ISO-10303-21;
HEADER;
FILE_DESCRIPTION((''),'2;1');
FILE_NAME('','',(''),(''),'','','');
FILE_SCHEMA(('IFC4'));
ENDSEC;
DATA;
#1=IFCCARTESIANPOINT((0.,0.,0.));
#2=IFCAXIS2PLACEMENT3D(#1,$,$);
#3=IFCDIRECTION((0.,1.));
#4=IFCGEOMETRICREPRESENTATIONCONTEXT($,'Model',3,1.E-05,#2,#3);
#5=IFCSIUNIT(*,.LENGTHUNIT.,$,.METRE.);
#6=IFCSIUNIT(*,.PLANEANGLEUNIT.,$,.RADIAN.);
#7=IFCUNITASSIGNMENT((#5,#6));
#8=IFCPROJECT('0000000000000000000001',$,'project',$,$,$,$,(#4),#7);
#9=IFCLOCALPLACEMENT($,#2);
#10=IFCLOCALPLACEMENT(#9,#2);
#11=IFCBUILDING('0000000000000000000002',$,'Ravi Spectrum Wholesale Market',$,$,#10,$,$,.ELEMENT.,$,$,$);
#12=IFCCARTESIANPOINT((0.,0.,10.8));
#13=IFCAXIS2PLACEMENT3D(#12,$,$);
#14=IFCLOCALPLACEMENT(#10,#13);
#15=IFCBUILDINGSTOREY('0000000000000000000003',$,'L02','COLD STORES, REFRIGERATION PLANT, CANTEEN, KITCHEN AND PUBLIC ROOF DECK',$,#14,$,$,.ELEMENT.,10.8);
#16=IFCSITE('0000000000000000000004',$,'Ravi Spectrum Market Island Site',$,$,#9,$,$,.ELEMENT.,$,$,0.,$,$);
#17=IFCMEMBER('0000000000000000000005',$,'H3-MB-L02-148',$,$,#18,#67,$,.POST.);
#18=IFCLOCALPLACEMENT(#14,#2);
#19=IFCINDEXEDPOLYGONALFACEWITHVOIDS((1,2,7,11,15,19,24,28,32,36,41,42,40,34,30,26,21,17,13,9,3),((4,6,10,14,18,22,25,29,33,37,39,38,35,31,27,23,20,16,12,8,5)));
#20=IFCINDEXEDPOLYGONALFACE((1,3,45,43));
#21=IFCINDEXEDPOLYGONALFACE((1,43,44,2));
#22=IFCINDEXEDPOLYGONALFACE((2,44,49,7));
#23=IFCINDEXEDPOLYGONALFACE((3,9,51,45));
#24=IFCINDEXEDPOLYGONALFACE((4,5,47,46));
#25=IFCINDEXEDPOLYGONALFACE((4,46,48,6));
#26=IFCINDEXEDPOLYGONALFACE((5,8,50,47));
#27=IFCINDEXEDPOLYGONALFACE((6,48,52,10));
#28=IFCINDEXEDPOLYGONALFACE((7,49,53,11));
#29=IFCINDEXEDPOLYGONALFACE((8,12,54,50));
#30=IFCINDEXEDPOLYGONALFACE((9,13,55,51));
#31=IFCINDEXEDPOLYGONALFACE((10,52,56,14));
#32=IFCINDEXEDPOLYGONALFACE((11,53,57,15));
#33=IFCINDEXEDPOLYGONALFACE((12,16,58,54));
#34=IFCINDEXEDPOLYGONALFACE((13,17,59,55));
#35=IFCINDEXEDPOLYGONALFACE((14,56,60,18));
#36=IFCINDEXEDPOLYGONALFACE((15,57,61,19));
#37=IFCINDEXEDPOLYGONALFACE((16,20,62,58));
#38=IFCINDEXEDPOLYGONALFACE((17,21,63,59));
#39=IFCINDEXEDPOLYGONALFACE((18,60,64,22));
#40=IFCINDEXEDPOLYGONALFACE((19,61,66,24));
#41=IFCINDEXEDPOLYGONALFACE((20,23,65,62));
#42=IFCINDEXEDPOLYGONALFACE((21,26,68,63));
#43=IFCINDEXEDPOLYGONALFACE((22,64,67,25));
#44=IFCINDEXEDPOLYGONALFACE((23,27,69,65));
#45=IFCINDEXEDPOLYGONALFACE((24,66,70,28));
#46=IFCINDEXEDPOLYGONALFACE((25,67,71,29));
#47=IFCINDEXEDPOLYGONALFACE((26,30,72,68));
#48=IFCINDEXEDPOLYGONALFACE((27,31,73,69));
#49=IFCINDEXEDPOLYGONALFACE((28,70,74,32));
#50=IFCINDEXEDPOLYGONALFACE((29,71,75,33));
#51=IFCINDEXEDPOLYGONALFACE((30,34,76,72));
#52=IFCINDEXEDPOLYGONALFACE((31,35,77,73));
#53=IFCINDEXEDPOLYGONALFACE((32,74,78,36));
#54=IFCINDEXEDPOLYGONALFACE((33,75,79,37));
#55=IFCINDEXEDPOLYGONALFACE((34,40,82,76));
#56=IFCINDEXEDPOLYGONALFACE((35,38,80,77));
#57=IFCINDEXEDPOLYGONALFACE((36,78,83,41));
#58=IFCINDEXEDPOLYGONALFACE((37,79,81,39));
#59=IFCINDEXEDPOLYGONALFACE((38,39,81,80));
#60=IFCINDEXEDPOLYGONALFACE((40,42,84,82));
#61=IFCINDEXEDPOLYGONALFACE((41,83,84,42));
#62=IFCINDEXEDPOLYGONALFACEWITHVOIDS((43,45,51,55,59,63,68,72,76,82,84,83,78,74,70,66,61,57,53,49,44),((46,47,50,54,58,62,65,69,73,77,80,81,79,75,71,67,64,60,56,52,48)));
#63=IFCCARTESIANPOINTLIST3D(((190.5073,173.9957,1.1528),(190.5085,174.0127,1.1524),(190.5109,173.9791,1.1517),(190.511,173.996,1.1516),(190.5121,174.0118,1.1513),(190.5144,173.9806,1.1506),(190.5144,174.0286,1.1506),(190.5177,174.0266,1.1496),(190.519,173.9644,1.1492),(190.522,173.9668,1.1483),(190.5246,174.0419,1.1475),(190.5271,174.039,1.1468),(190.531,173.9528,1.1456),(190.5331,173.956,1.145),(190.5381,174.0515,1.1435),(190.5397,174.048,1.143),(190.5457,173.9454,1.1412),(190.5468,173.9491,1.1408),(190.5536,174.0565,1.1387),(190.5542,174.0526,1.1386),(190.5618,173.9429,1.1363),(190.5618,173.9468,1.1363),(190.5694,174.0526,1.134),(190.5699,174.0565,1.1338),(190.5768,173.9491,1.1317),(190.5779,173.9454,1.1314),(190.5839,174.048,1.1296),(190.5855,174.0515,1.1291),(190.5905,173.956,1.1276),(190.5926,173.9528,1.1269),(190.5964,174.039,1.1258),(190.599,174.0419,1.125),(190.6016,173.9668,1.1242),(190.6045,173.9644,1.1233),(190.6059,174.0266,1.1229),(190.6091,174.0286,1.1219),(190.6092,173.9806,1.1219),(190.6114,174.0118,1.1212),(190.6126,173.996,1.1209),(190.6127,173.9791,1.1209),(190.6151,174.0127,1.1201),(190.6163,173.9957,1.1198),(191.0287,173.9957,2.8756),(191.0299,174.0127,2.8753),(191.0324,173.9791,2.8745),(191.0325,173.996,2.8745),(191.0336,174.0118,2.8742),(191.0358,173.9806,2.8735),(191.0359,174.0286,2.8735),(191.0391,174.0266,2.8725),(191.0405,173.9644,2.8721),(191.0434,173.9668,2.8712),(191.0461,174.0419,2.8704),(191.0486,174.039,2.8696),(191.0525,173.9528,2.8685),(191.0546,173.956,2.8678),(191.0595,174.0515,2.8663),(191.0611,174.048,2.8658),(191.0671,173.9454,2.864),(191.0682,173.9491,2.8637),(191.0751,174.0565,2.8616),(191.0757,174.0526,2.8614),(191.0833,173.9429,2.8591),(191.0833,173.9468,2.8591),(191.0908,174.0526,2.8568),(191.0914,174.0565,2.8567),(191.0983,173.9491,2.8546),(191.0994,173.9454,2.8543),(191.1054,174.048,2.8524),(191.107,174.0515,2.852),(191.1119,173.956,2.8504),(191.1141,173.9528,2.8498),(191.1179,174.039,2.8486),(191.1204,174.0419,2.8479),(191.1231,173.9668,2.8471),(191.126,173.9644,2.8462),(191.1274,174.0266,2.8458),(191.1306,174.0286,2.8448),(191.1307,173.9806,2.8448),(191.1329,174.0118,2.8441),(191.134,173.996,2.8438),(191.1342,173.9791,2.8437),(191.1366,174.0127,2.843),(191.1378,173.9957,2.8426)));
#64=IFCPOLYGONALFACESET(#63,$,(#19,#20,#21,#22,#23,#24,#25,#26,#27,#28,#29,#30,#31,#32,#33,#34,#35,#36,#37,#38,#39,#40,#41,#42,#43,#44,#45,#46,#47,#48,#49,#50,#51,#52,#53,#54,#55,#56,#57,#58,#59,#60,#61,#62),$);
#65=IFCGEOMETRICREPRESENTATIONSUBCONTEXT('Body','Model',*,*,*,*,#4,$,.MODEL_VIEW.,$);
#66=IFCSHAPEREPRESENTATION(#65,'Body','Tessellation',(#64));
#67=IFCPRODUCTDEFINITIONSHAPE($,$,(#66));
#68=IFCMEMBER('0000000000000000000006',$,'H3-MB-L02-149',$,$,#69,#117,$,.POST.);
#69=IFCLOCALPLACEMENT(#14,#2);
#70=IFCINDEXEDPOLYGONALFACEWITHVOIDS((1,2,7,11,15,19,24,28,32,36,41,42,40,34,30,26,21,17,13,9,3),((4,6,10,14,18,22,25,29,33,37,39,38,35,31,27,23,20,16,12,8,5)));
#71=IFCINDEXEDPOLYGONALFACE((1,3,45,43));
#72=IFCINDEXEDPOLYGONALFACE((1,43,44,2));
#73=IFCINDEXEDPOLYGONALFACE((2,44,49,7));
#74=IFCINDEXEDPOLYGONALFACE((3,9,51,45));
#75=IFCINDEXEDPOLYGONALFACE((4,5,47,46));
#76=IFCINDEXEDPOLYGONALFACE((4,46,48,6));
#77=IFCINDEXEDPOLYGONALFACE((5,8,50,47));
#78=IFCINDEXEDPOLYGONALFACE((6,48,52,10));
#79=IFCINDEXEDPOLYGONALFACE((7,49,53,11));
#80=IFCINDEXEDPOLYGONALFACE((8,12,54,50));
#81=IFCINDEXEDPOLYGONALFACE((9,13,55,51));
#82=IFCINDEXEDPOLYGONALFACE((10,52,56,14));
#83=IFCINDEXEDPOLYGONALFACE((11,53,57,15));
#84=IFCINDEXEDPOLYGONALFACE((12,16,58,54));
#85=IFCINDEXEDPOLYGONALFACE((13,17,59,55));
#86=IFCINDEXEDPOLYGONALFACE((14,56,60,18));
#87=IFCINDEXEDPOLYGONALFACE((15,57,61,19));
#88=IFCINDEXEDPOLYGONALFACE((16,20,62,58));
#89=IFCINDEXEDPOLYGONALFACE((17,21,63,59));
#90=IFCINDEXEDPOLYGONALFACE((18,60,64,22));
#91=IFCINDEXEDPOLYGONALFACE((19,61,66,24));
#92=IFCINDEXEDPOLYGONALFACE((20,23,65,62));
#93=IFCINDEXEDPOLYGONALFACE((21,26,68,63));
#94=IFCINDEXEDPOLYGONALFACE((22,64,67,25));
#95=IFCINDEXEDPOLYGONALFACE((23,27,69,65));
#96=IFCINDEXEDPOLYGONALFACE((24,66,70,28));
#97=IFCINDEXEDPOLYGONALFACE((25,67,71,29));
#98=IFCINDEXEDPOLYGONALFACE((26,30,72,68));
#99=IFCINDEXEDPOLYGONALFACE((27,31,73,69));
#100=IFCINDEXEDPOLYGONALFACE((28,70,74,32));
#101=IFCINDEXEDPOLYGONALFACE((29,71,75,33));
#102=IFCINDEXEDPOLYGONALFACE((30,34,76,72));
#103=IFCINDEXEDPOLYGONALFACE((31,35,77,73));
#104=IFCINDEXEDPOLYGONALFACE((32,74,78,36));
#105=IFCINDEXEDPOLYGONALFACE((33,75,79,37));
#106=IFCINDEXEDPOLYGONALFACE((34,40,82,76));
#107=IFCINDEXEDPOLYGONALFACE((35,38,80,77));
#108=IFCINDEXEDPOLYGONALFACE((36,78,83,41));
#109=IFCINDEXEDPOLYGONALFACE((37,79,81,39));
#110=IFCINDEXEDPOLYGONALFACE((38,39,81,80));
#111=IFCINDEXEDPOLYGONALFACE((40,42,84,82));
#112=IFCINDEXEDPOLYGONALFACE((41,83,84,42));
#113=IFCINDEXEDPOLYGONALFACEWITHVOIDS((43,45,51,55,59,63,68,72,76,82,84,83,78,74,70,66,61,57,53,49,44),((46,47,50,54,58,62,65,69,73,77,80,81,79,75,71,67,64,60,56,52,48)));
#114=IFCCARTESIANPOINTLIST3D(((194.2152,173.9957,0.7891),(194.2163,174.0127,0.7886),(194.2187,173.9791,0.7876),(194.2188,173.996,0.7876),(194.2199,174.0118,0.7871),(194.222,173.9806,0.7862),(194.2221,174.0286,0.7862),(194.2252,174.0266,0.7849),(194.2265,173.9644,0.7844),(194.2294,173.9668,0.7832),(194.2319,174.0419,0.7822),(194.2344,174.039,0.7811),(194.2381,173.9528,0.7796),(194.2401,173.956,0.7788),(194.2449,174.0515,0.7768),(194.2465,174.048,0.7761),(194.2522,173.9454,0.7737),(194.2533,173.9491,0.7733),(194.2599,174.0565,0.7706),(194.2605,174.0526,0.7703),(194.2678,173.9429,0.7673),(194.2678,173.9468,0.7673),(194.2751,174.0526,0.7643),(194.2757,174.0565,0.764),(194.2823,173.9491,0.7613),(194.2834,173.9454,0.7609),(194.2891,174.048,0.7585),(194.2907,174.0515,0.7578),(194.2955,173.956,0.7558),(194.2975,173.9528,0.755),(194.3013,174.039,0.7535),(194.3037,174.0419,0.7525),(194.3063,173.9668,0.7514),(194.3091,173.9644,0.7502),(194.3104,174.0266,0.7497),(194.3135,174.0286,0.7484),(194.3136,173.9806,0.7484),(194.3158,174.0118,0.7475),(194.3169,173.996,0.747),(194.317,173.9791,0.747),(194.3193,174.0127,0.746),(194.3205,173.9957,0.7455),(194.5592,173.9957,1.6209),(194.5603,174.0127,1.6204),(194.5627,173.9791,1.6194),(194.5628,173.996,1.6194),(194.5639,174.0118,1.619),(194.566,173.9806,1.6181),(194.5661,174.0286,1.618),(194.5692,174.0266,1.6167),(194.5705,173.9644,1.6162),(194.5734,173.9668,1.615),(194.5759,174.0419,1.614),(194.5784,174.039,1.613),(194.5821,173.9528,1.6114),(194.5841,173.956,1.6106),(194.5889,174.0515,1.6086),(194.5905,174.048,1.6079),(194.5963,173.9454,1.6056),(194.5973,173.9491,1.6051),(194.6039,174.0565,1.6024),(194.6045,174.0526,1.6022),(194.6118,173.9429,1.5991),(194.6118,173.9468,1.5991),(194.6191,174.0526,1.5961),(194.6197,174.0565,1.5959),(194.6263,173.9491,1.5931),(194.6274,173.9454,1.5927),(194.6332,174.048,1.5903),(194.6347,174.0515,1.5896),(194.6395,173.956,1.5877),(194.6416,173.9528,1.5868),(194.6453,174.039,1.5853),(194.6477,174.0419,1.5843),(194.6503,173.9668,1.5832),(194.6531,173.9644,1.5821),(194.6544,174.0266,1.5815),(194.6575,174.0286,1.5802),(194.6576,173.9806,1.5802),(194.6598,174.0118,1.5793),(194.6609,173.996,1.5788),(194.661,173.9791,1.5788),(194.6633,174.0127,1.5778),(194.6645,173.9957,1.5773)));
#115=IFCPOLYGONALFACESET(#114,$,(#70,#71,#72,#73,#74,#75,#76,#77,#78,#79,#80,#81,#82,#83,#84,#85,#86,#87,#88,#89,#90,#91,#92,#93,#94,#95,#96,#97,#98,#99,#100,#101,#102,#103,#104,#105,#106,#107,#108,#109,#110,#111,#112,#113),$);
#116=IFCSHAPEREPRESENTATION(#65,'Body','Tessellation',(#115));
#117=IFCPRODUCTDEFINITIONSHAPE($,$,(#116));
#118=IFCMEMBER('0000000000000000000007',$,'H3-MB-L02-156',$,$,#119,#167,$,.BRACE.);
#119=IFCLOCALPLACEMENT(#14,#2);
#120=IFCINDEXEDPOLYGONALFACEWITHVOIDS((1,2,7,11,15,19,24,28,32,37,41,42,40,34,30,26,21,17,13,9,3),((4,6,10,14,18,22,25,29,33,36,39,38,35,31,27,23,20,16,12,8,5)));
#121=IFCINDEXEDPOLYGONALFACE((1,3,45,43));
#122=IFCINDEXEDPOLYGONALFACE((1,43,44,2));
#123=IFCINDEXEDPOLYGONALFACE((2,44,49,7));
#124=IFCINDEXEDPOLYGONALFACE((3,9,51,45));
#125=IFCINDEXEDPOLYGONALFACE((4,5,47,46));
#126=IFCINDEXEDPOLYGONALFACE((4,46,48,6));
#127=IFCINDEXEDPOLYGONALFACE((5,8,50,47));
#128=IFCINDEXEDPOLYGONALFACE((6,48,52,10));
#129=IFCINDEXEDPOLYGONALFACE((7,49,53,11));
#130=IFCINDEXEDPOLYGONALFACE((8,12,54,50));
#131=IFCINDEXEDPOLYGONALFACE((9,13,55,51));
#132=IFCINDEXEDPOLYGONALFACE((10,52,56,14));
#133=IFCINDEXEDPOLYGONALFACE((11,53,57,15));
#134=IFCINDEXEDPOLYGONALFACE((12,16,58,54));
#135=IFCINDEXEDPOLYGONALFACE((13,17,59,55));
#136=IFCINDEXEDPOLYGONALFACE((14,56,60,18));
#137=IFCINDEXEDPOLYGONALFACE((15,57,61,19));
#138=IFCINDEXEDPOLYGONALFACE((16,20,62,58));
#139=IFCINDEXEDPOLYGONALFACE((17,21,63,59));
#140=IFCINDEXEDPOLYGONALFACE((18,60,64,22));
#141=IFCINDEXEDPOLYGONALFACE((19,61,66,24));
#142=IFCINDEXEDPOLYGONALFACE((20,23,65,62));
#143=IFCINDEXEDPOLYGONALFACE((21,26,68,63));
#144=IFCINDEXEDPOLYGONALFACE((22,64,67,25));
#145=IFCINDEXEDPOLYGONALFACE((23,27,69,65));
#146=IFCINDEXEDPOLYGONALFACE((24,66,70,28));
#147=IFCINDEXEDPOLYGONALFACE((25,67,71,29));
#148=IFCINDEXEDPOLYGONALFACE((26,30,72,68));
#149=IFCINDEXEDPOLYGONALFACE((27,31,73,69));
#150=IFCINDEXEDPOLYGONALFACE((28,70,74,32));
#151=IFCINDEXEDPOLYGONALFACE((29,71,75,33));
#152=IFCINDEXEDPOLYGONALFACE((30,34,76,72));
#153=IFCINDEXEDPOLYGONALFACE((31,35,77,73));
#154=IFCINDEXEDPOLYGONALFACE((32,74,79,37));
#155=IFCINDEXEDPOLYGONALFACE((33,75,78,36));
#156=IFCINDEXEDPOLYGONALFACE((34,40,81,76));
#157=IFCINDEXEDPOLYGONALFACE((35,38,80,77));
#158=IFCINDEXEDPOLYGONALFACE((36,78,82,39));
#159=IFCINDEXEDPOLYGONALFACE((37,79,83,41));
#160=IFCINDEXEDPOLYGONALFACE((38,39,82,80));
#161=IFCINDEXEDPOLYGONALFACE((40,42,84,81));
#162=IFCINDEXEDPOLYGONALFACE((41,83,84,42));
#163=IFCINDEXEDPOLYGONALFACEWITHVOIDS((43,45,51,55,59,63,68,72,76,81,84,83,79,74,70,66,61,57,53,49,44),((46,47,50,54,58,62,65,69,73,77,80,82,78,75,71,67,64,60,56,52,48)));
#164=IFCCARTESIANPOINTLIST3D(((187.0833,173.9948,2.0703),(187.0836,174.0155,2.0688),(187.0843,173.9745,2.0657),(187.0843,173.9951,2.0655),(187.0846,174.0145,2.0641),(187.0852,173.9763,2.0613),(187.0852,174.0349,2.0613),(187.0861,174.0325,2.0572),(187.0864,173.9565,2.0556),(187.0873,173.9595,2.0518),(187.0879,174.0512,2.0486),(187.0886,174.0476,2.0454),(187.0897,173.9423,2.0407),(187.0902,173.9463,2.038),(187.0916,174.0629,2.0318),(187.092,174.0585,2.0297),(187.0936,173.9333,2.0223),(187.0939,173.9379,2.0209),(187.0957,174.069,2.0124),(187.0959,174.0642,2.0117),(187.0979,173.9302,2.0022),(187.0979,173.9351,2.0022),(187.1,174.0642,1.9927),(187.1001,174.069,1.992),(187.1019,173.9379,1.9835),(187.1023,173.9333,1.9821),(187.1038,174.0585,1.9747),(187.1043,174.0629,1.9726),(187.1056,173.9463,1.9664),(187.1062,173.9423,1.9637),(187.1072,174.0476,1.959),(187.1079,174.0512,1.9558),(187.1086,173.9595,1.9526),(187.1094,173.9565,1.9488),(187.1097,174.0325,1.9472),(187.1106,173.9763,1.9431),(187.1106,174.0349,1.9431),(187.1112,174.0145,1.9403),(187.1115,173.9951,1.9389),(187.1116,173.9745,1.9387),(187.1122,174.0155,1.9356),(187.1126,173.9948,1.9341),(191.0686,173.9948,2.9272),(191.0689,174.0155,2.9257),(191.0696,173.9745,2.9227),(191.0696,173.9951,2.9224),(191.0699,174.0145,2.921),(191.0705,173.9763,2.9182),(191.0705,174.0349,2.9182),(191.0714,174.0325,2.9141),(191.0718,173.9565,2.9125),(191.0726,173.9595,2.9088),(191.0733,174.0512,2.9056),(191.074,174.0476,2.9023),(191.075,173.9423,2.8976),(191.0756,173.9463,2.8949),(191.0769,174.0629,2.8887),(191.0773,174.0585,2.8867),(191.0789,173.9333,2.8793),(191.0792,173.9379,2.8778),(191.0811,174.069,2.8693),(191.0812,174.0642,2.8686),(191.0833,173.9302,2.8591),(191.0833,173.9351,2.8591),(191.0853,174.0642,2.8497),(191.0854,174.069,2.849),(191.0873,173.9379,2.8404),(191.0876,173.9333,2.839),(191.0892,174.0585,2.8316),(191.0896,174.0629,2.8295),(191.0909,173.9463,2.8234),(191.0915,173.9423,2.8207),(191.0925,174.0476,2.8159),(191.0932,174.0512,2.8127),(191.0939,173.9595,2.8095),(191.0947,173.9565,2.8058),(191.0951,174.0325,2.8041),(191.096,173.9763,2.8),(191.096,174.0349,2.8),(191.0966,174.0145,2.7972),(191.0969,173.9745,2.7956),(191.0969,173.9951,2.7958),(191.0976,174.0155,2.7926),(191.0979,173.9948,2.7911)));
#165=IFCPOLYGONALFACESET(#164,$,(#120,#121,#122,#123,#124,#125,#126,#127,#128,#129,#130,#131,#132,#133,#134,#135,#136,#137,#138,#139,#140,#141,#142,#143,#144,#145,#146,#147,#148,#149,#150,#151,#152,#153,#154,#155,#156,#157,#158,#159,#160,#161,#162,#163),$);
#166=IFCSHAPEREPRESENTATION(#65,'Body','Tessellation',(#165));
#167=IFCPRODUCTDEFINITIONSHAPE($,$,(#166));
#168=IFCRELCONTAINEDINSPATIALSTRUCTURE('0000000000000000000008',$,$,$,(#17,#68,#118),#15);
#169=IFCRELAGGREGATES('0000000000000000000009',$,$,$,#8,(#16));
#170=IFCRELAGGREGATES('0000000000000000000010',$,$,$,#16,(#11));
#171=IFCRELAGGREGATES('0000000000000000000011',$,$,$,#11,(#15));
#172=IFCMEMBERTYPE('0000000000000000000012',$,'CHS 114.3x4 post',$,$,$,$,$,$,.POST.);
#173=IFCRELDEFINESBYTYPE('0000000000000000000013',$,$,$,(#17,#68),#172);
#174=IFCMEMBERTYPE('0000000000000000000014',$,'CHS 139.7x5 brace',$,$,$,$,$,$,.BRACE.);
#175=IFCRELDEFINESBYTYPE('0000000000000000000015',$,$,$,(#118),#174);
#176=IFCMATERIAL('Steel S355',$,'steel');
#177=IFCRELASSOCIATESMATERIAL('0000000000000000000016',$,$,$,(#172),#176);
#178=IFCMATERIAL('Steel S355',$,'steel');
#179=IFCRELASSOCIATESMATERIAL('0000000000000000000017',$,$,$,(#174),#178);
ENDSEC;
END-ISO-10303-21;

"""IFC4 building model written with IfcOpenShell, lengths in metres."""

from ifc_helpers import new_model, si_unit, direction, frame, origin, origin_2d, place, context, subcontext, project, spatial, hollow_circle, extrude, material, material_profile, profile_set, type_object, element, save


model = new_model("IFC4")

# Units and contexts
model_context = context("Model", 3, precision=1e-05, world=origin(), true_north=direction((0.0, 1.0)))
body_context = subcontext(model_context, "Body", "Model", "MODEL_VIEW")
ifc_project = project(units=[si_unit("LENGTHUNIT", "METRE"), si_unit("PLANEANGLEUNIT", "RADIAN")], contexts=[model_context])

# Site, building, storey
site_placement = place(None, origin())
site = spatial("IfcSite", under=ifc_project, at=site_placement, Name="Ravi Spectrum Market Island Site", CompositionType="ELEMENT", RefElevation=0.0)
building_placement = place(site_placement, origin())
building = spatial("IfcBuilding", under=site, at=building_placement, Name="Ravi Spectrum Wholesale Market", CompositionType="ELEMENT")
storey_placement = place(building_placement, frame((0.0, 0.0, 10.8)))
storey = spatial("IfcBuildingStorey", under=building, at=storey_placement, Name="L02", Description="COLD STORES, REFRIGERATION PLANT, CANTEEN, KITCHEN AND PUBLIC ROOF DECK", CompositionType="ELEMENT", Elevation=10.8)

# Members
ifc_material_1 = material(Name="Steel S355", Category="steel")
ifc_material_profile_1 = material_profile(ifc_material_1, hollow_circle(Radius=0.0571, WallThickness=0.0039, at=origin_2d()))
ifc_profile_set_1 = profile_set([ifc_material_profile_1], Name="Steel S355")
member_type_1 = type_object("IfcMemberType", Name="CHS 114.3x4 post", PredefinedType="POST", material=ifc_profile_set_1)
member_1_placement = place(storey_placement, frame((191.0833, 174.0, 2.8591), z_axis=(-0.289699, 0.0, -0.957118), x_axis=(0.0, -1.0, 0.0)))
element("IfcMember", 1, at=member_1_placement, inside=storey, type_object=member_type_1, Name="H3-MB-L02-148", PredefinedType="POST", context=body_context, shape_type="SweptSolid", body=[
    extrude(hollow_circle(Radius=0.0571, WallThickness=0.0039, at=origin_2d()), origin(), (0.0, 0.0, 1.0), 1.8),
])
member_2_placement = place(storey_placement, frame((194.6118, 174.0, 1.5991), z_axis=(-0.382168, 0.0, -0.924093), x_axis=(0.0, -1.0, 0.0)))
element("IfcMember", 2, at=member_2_placement, inside=storey, type_object=member_type_1, Name="H3-MB-L02-149", PredefinedType="POST", context=body_context, shape_type="SweptSolid", body=[
    extrude(hollow_circle(Radius=0.0571, WallThickness=0.0039, at=origin_2d()), origin(), (0.0, 0.0, 1.0), 0.9001),
])
ifc_material_2 = material(Name="Steel S355", Category="steel")
ifc_material_profile_2 = material_profile(ifc_material_2, hollow_circle(Radius=0.0698, WallThickness=0.0049, at=origin_2d()))
ifc_profile_set_2 = profile_set([ifc_material_profile_2], Name="Steel S355")
member_type_2 = type_object("IfcMemberType", Name="CHS 139.7x5 brace", PredefinedType="BRACE", material=ifc_profile_set_2)
for number, where, z_axis, x_axis, name in (
    (3, (191.0833, 174.0, 2.8591), (-0.977655, 0.0, -0.210216), (0.0, -1.0, 0.0), "H3-MB-L02-156"),
):
    element("IfcMember", number, at=place(storey_placement, frame(where, z_axis=z_axis, x_axis=x_axis)), inside=storey, type_object=member_type_2, Name=name, PredefinedType="BRACE", context=body_context, shape_type="SweptSolid", body=[
        extrude(hollow_circle(Radius=0.0698, WallThickness=0.0049, at=origin_2d()), origin(), (0.0, 0.0, 1.0), 4.0764),
    ])

save(model, "model.ifc")
